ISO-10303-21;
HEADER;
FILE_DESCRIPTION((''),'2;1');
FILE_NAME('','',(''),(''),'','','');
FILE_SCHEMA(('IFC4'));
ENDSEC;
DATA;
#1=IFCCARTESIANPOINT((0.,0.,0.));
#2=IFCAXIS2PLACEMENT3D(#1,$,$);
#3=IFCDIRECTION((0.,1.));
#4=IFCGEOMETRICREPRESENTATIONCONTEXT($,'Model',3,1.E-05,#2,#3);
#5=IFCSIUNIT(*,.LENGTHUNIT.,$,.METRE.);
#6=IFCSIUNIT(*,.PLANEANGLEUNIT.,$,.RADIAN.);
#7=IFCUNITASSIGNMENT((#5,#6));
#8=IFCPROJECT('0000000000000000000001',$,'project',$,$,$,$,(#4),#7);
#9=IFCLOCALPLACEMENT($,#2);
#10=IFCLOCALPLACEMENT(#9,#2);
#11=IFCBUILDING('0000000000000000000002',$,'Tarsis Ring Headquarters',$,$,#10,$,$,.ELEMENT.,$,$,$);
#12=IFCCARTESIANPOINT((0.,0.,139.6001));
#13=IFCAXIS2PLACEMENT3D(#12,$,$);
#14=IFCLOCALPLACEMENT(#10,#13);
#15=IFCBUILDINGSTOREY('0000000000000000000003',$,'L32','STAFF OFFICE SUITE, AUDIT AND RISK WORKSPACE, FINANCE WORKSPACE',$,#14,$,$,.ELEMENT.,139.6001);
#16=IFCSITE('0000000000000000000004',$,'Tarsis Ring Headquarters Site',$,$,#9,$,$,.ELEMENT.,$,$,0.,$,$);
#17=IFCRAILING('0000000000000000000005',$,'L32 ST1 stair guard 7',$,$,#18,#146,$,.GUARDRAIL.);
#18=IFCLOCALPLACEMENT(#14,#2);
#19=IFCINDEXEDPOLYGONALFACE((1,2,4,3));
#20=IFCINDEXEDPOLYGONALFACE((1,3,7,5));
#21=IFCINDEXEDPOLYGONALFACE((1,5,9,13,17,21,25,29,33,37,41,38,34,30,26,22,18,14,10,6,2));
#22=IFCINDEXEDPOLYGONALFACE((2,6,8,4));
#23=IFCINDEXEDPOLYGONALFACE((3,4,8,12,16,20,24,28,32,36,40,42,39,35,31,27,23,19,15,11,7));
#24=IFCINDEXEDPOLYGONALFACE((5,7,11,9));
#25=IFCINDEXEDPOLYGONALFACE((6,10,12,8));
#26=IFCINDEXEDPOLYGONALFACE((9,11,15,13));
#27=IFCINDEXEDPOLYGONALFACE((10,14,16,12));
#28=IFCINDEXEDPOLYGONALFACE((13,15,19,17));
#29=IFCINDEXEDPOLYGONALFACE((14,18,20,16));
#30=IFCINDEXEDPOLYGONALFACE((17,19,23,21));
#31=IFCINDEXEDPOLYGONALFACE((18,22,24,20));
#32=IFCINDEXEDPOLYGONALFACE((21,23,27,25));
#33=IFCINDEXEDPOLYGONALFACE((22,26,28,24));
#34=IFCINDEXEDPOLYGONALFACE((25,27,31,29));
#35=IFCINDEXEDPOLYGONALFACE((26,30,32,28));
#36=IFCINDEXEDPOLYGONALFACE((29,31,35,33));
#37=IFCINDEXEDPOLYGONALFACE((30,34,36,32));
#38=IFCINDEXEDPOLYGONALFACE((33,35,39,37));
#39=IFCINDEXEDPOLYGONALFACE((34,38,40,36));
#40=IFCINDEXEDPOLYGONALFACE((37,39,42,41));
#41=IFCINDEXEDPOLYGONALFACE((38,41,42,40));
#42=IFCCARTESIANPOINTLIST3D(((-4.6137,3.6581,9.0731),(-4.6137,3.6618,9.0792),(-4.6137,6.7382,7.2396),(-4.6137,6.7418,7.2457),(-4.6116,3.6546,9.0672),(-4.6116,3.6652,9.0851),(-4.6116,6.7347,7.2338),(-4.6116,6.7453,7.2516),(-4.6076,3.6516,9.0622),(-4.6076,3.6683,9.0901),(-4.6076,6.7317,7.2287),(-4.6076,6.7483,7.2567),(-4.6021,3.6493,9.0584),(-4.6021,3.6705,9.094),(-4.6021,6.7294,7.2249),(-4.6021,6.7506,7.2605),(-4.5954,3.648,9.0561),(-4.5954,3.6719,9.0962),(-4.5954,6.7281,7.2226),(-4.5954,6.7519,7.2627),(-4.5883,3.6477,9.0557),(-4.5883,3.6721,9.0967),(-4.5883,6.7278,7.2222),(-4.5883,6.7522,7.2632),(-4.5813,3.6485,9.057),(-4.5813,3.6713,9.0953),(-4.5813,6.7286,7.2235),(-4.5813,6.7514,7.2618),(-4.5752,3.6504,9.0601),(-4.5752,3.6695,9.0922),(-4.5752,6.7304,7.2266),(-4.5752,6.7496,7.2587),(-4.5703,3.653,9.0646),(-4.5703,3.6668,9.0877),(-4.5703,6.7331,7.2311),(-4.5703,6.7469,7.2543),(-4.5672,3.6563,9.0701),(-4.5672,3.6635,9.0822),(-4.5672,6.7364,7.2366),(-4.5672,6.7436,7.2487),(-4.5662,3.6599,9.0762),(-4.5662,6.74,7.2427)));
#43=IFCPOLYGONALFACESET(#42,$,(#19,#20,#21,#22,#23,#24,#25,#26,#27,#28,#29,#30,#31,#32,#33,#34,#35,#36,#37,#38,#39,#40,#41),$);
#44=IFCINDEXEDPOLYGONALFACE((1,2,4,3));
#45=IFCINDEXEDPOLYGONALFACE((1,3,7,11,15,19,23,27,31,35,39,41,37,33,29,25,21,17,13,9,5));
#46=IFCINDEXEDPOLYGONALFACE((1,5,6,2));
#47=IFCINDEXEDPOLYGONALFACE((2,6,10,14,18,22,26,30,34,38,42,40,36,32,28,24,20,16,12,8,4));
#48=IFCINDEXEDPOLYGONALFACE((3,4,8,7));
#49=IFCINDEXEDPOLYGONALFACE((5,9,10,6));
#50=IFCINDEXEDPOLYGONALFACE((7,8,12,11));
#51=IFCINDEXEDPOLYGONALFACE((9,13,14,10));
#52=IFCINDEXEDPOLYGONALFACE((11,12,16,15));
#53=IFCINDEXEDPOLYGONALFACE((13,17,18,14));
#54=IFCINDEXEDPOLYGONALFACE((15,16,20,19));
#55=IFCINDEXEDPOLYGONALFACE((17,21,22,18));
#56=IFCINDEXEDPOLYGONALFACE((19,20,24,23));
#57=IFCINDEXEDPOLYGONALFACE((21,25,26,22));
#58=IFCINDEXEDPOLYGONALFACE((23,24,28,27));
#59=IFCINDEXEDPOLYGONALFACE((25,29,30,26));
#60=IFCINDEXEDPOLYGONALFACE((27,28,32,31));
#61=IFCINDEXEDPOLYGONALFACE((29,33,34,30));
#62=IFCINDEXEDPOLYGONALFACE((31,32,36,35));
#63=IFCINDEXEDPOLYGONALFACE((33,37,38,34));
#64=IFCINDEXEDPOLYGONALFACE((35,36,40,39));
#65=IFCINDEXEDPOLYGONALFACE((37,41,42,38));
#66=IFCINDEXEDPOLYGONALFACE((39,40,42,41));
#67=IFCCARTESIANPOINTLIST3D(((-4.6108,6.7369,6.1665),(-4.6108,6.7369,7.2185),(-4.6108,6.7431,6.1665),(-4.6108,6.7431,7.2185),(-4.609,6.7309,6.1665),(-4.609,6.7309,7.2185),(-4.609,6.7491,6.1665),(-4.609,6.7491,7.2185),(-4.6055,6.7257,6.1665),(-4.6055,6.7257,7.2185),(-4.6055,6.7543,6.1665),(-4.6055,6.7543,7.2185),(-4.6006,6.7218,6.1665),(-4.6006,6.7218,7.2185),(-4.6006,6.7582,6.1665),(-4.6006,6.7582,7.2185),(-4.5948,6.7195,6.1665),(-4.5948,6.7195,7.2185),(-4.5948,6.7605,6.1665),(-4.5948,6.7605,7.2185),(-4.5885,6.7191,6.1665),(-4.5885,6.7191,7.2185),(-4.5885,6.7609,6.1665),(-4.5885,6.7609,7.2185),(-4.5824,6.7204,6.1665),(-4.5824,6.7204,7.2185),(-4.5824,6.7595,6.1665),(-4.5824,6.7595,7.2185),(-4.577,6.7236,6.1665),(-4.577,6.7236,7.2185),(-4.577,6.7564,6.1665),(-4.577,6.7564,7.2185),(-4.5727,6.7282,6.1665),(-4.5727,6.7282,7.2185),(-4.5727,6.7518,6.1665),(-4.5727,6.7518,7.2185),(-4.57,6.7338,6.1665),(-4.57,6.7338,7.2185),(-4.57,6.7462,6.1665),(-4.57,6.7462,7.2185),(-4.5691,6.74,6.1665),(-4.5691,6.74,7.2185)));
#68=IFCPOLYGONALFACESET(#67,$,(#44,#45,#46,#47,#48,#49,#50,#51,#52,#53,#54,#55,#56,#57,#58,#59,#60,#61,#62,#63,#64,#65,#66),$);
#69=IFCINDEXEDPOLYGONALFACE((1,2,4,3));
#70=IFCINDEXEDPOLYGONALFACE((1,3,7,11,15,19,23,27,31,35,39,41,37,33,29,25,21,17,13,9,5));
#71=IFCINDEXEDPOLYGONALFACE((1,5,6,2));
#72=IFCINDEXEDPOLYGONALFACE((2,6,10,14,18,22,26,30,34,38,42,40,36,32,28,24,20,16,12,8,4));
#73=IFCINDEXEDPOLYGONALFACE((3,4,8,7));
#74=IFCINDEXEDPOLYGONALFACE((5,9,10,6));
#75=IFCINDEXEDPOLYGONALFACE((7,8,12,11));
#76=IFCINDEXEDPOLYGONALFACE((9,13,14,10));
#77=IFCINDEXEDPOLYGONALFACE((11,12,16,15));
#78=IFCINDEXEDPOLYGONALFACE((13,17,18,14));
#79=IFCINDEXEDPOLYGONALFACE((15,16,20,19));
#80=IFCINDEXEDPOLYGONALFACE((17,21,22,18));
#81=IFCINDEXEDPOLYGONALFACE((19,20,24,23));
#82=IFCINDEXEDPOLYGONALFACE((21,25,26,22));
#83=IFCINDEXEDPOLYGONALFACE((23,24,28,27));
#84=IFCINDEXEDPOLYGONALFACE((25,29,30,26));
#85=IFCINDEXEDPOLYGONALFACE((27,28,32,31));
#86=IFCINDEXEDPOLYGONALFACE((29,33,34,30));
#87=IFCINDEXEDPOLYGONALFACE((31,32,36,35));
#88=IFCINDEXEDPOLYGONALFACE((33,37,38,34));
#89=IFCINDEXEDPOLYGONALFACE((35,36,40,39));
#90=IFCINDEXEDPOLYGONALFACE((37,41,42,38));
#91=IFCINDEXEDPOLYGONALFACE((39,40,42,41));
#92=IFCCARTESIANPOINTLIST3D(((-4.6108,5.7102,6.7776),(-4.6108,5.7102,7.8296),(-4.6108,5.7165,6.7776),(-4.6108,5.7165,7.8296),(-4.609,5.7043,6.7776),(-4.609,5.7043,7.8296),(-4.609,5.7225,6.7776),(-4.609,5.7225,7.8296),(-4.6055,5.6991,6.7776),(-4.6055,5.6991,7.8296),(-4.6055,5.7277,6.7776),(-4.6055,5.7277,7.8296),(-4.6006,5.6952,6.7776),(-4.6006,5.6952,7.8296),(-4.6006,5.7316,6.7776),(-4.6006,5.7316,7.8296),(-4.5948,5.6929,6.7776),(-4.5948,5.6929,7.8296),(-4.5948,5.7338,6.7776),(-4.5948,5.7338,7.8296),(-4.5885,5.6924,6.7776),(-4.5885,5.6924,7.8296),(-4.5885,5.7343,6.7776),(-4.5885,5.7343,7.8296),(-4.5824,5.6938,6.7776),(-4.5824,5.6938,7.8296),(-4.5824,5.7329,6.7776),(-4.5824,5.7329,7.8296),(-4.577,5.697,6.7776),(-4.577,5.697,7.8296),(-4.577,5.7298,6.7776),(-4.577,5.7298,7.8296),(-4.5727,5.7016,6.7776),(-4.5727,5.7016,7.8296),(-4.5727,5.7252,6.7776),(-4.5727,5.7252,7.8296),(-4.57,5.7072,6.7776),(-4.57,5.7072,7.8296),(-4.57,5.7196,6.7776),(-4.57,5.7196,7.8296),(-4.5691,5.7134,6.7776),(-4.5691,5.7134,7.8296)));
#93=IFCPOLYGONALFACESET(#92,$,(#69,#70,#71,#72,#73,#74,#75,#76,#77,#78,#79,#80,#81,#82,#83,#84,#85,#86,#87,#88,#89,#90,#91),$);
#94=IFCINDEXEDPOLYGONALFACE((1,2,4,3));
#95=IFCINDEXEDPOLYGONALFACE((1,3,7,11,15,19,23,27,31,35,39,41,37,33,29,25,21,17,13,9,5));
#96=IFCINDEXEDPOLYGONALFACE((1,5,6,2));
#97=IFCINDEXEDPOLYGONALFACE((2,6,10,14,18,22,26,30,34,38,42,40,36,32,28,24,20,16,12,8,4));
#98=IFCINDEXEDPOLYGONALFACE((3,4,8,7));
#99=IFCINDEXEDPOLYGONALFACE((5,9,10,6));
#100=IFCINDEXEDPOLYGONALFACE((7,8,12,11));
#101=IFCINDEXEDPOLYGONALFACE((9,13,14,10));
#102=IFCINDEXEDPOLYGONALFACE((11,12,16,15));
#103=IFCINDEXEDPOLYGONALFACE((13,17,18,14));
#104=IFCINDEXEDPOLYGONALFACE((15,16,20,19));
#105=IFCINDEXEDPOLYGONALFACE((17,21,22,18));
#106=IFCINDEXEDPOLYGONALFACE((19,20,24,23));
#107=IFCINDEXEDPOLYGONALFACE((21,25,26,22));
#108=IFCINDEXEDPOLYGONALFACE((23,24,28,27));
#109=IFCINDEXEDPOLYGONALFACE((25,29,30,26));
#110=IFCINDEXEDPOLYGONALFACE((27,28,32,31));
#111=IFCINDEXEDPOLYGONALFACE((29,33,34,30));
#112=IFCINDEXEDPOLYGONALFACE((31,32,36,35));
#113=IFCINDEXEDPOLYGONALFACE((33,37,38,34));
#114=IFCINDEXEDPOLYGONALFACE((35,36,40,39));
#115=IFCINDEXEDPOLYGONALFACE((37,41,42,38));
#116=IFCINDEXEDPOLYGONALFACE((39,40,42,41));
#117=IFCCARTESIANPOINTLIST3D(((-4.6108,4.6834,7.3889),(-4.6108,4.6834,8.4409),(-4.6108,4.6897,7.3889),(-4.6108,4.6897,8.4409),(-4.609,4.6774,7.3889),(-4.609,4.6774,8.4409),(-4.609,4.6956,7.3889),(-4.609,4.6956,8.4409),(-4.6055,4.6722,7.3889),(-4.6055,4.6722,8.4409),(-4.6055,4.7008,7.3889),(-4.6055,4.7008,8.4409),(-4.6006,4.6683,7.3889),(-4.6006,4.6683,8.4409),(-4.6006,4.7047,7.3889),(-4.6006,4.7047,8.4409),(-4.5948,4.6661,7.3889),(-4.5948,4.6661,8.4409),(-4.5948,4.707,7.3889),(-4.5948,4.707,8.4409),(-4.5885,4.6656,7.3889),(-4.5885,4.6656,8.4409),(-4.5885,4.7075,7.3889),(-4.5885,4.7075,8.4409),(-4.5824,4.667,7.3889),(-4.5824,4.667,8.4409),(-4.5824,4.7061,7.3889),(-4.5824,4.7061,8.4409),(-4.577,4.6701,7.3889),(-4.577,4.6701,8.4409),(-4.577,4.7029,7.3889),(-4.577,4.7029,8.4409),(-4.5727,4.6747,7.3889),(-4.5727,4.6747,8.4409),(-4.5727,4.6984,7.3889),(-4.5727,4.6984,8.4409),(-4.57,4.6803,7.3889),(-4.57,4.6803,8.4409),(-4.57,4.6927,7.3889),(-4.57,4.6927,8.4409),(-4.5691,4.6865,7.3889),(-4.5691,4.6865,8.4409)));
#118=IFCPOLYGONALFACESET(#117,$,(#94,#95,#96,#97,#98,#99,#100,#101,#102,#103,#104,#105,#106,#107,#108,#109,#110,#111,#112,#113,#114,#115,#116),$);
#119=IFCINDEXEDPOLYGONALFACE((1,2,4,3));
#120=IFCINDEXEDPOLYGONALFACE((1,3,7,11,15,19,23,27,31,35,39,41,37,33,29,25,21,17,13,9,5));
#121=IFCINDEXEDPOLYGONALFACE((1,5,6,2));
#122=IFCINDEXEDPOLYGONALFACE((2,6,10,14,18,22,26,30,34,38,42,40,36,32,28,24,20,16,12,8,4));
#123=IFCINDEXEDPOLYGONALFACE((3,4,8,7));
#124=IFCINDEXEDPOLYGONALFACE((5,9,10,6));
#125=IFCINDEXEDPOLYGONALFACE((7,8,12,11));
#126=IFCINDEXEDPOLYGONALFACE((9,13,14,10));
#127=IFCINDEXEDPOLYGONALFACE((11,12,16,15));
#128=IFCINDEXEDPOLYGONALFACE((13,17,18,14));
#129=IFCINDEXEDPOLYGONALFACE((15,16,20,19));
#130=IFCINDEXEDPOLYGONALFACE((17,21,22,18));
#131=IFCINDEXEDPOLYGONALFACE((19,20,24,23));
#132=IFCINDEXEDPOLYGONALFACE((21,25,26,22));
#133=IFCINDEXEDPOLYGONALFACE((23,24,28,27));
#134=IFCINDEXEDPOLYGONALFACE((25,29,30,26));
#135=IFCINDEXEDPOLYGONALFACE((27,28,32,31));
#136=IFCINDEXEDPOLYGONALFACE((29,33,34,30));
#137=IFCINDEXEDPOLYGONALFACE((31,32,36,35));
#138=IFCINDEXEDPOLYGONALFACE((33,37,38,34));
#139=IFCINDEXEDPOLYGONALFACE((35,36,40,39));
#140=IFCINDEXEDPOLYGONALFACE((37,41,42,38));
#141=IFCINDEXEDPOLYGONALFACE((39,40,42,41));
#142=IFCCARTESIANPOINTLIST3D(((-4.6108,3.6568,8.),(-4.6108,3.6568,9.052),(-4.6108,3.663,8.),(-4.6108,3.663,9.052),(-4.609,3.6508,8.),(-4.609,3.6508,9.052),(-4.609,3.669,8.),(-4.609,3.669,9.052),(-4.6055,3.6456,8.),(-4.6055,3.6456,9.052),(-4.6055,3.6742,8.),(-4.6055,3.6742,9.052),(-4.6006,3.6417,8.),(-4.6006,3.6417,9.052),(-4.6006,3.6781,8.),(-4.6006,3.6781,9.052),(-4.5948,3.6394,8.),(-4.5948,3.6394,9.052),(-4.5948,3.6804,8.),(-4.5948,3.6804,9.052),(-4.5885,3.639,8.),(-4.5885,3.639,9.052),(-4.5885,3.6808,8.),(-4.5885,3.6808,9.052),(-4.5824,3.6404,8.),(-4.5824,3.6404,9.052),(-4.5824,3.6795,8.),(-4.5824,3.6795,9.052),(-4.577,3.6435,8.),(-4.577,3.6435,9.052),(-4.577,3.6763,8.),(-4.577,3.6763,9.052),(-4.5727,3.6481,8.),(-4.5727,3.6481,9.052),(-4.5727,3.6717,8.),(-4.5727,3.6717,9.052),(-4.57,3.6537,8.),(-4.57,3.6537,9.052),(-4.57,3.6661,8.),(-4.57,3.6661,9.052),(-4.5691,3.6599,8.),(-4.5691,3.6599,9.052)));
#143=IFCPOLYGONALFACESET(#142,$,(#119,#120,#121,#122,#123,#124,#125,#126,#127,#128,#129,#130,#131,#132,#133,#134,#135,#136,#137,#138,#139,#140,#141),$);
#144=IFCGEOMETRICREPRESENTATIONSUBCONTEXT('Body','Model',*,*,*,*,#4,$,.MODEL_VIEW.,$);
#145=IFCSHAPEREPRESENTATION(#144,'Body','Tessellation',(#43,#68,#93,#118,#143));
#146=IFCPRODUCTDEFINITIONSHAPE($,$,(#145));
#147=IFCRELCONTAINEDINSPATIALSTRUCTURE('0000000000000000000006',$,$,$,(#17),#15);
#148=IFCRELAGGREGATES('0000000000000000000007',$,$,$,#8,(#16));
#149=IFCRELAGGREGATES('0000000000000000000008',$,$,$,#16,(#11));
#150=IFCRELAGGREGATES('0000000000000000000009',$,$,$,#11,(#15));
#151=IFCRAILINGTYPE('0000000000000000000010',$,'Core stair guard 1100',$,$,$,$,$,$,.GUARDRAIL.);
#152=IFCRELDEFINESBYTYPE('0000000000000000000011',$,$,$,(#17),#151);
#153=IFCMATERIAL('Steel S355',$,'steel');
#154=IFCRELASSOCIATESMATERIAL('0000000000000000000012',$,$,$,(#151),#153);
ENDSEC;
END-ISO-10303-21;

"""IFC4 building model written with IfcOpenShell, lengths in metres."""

from ifc_helpers import new_model, si_unit, direction, frame, origin, origin_2d, place, context, subcontext, project, spatial, circle, extrude, material, type_object, element, save


model = new_model("IFC4")

# Units and contexts
model_context = context("Model", 3, precision=1e-05, world=origin(), true_north=direction((0.0, 1.0)))
body_context = subcontext(model_context, "Body", "Model", "MODEL_VIEW")
ifc_project = project(units=[si_unit("LENGTHUNIT", "METRE"), si_unit("PLANEANGLEUNIT", "RADIAN")], contexts=[model_context])

# Site, building, storey
site_placement = place(None, origin())
site = spatial("IfcSite", under=ifc_project, at=site_placement, Name="Tarsis Ring Headquarters Site", CompositionType="ELEMENT", RefElevation=0.0)
building_placement = place(site_placement, origin())
building = spatial("IfcBuilding", under=site, at=building_placement, Name="Tarsis Ring Headquarters", CompositionType="ELEMENT")
storey_placement = place(building_placement, frame((0.0, 0.0, 139.6001)))
storey = spatial("IfcBuildingStorey", under=building, at=storey_placement, Name="L32", Description="STAFF OFFICE SUITE, AUDIT AND RISK WORKSPACE, FINANCE WORKSPACE", CompositionType="ELEMENT", Elevation=139.6001)

# Shared definitions
ifc_material_1 = material(Name="Steel S355", Category="steel")

# Railing
railing_type_1 = type_object("IfcRailingType", Name="Core stair guard 1100", PredefinedType="GUARDRAIL", material=ifc_material_1)
railing_1_placement = place(storey_placement, frame((-4.5901, 6.74, 6.1665)))
element("IfcRailing", 1, at=railing_1_placement, inside=storey, type_object=railing_type_1, Name="L32 ST1 stair guard 7", PredefinedType="GUARDRAIL", context=body_context, shape_type="SweptSolid", body=[
    extrude(circle(Radius=0.0239, at=origin_2d()), frame((0.0, 0.0, 1.0762), z_axis=(0.0, -0.859279, 0.511508), x_axis=(1.0, 0.0, 0.0)), (0.0, 0.0, 1.0), 3.5845),
    extrude(circle(Radius=0.021, at=origin_2d()), origin(), (0.0, 0.0, 1.0), 1.052),
    extrude(circle(Radius=0.021, at=origin_2d()), frame((0.0, -1.0266, 0.6111)), (0.0, 0.0, 1.0), 1.052),
    extrude(circle(Radius=0.021, at=origin_2d()), frame((0.0, -2.0535, 1.2224)), (0.0, 0.0, 1.0), 1.052),
    extrude(circle(Radius=0.021, at=origin_2d()), frame((0.0, -3.0801, 1.8335)), (0.0, 0.0, 1.0), 1.052),
])

save(model, "model.ifc")
